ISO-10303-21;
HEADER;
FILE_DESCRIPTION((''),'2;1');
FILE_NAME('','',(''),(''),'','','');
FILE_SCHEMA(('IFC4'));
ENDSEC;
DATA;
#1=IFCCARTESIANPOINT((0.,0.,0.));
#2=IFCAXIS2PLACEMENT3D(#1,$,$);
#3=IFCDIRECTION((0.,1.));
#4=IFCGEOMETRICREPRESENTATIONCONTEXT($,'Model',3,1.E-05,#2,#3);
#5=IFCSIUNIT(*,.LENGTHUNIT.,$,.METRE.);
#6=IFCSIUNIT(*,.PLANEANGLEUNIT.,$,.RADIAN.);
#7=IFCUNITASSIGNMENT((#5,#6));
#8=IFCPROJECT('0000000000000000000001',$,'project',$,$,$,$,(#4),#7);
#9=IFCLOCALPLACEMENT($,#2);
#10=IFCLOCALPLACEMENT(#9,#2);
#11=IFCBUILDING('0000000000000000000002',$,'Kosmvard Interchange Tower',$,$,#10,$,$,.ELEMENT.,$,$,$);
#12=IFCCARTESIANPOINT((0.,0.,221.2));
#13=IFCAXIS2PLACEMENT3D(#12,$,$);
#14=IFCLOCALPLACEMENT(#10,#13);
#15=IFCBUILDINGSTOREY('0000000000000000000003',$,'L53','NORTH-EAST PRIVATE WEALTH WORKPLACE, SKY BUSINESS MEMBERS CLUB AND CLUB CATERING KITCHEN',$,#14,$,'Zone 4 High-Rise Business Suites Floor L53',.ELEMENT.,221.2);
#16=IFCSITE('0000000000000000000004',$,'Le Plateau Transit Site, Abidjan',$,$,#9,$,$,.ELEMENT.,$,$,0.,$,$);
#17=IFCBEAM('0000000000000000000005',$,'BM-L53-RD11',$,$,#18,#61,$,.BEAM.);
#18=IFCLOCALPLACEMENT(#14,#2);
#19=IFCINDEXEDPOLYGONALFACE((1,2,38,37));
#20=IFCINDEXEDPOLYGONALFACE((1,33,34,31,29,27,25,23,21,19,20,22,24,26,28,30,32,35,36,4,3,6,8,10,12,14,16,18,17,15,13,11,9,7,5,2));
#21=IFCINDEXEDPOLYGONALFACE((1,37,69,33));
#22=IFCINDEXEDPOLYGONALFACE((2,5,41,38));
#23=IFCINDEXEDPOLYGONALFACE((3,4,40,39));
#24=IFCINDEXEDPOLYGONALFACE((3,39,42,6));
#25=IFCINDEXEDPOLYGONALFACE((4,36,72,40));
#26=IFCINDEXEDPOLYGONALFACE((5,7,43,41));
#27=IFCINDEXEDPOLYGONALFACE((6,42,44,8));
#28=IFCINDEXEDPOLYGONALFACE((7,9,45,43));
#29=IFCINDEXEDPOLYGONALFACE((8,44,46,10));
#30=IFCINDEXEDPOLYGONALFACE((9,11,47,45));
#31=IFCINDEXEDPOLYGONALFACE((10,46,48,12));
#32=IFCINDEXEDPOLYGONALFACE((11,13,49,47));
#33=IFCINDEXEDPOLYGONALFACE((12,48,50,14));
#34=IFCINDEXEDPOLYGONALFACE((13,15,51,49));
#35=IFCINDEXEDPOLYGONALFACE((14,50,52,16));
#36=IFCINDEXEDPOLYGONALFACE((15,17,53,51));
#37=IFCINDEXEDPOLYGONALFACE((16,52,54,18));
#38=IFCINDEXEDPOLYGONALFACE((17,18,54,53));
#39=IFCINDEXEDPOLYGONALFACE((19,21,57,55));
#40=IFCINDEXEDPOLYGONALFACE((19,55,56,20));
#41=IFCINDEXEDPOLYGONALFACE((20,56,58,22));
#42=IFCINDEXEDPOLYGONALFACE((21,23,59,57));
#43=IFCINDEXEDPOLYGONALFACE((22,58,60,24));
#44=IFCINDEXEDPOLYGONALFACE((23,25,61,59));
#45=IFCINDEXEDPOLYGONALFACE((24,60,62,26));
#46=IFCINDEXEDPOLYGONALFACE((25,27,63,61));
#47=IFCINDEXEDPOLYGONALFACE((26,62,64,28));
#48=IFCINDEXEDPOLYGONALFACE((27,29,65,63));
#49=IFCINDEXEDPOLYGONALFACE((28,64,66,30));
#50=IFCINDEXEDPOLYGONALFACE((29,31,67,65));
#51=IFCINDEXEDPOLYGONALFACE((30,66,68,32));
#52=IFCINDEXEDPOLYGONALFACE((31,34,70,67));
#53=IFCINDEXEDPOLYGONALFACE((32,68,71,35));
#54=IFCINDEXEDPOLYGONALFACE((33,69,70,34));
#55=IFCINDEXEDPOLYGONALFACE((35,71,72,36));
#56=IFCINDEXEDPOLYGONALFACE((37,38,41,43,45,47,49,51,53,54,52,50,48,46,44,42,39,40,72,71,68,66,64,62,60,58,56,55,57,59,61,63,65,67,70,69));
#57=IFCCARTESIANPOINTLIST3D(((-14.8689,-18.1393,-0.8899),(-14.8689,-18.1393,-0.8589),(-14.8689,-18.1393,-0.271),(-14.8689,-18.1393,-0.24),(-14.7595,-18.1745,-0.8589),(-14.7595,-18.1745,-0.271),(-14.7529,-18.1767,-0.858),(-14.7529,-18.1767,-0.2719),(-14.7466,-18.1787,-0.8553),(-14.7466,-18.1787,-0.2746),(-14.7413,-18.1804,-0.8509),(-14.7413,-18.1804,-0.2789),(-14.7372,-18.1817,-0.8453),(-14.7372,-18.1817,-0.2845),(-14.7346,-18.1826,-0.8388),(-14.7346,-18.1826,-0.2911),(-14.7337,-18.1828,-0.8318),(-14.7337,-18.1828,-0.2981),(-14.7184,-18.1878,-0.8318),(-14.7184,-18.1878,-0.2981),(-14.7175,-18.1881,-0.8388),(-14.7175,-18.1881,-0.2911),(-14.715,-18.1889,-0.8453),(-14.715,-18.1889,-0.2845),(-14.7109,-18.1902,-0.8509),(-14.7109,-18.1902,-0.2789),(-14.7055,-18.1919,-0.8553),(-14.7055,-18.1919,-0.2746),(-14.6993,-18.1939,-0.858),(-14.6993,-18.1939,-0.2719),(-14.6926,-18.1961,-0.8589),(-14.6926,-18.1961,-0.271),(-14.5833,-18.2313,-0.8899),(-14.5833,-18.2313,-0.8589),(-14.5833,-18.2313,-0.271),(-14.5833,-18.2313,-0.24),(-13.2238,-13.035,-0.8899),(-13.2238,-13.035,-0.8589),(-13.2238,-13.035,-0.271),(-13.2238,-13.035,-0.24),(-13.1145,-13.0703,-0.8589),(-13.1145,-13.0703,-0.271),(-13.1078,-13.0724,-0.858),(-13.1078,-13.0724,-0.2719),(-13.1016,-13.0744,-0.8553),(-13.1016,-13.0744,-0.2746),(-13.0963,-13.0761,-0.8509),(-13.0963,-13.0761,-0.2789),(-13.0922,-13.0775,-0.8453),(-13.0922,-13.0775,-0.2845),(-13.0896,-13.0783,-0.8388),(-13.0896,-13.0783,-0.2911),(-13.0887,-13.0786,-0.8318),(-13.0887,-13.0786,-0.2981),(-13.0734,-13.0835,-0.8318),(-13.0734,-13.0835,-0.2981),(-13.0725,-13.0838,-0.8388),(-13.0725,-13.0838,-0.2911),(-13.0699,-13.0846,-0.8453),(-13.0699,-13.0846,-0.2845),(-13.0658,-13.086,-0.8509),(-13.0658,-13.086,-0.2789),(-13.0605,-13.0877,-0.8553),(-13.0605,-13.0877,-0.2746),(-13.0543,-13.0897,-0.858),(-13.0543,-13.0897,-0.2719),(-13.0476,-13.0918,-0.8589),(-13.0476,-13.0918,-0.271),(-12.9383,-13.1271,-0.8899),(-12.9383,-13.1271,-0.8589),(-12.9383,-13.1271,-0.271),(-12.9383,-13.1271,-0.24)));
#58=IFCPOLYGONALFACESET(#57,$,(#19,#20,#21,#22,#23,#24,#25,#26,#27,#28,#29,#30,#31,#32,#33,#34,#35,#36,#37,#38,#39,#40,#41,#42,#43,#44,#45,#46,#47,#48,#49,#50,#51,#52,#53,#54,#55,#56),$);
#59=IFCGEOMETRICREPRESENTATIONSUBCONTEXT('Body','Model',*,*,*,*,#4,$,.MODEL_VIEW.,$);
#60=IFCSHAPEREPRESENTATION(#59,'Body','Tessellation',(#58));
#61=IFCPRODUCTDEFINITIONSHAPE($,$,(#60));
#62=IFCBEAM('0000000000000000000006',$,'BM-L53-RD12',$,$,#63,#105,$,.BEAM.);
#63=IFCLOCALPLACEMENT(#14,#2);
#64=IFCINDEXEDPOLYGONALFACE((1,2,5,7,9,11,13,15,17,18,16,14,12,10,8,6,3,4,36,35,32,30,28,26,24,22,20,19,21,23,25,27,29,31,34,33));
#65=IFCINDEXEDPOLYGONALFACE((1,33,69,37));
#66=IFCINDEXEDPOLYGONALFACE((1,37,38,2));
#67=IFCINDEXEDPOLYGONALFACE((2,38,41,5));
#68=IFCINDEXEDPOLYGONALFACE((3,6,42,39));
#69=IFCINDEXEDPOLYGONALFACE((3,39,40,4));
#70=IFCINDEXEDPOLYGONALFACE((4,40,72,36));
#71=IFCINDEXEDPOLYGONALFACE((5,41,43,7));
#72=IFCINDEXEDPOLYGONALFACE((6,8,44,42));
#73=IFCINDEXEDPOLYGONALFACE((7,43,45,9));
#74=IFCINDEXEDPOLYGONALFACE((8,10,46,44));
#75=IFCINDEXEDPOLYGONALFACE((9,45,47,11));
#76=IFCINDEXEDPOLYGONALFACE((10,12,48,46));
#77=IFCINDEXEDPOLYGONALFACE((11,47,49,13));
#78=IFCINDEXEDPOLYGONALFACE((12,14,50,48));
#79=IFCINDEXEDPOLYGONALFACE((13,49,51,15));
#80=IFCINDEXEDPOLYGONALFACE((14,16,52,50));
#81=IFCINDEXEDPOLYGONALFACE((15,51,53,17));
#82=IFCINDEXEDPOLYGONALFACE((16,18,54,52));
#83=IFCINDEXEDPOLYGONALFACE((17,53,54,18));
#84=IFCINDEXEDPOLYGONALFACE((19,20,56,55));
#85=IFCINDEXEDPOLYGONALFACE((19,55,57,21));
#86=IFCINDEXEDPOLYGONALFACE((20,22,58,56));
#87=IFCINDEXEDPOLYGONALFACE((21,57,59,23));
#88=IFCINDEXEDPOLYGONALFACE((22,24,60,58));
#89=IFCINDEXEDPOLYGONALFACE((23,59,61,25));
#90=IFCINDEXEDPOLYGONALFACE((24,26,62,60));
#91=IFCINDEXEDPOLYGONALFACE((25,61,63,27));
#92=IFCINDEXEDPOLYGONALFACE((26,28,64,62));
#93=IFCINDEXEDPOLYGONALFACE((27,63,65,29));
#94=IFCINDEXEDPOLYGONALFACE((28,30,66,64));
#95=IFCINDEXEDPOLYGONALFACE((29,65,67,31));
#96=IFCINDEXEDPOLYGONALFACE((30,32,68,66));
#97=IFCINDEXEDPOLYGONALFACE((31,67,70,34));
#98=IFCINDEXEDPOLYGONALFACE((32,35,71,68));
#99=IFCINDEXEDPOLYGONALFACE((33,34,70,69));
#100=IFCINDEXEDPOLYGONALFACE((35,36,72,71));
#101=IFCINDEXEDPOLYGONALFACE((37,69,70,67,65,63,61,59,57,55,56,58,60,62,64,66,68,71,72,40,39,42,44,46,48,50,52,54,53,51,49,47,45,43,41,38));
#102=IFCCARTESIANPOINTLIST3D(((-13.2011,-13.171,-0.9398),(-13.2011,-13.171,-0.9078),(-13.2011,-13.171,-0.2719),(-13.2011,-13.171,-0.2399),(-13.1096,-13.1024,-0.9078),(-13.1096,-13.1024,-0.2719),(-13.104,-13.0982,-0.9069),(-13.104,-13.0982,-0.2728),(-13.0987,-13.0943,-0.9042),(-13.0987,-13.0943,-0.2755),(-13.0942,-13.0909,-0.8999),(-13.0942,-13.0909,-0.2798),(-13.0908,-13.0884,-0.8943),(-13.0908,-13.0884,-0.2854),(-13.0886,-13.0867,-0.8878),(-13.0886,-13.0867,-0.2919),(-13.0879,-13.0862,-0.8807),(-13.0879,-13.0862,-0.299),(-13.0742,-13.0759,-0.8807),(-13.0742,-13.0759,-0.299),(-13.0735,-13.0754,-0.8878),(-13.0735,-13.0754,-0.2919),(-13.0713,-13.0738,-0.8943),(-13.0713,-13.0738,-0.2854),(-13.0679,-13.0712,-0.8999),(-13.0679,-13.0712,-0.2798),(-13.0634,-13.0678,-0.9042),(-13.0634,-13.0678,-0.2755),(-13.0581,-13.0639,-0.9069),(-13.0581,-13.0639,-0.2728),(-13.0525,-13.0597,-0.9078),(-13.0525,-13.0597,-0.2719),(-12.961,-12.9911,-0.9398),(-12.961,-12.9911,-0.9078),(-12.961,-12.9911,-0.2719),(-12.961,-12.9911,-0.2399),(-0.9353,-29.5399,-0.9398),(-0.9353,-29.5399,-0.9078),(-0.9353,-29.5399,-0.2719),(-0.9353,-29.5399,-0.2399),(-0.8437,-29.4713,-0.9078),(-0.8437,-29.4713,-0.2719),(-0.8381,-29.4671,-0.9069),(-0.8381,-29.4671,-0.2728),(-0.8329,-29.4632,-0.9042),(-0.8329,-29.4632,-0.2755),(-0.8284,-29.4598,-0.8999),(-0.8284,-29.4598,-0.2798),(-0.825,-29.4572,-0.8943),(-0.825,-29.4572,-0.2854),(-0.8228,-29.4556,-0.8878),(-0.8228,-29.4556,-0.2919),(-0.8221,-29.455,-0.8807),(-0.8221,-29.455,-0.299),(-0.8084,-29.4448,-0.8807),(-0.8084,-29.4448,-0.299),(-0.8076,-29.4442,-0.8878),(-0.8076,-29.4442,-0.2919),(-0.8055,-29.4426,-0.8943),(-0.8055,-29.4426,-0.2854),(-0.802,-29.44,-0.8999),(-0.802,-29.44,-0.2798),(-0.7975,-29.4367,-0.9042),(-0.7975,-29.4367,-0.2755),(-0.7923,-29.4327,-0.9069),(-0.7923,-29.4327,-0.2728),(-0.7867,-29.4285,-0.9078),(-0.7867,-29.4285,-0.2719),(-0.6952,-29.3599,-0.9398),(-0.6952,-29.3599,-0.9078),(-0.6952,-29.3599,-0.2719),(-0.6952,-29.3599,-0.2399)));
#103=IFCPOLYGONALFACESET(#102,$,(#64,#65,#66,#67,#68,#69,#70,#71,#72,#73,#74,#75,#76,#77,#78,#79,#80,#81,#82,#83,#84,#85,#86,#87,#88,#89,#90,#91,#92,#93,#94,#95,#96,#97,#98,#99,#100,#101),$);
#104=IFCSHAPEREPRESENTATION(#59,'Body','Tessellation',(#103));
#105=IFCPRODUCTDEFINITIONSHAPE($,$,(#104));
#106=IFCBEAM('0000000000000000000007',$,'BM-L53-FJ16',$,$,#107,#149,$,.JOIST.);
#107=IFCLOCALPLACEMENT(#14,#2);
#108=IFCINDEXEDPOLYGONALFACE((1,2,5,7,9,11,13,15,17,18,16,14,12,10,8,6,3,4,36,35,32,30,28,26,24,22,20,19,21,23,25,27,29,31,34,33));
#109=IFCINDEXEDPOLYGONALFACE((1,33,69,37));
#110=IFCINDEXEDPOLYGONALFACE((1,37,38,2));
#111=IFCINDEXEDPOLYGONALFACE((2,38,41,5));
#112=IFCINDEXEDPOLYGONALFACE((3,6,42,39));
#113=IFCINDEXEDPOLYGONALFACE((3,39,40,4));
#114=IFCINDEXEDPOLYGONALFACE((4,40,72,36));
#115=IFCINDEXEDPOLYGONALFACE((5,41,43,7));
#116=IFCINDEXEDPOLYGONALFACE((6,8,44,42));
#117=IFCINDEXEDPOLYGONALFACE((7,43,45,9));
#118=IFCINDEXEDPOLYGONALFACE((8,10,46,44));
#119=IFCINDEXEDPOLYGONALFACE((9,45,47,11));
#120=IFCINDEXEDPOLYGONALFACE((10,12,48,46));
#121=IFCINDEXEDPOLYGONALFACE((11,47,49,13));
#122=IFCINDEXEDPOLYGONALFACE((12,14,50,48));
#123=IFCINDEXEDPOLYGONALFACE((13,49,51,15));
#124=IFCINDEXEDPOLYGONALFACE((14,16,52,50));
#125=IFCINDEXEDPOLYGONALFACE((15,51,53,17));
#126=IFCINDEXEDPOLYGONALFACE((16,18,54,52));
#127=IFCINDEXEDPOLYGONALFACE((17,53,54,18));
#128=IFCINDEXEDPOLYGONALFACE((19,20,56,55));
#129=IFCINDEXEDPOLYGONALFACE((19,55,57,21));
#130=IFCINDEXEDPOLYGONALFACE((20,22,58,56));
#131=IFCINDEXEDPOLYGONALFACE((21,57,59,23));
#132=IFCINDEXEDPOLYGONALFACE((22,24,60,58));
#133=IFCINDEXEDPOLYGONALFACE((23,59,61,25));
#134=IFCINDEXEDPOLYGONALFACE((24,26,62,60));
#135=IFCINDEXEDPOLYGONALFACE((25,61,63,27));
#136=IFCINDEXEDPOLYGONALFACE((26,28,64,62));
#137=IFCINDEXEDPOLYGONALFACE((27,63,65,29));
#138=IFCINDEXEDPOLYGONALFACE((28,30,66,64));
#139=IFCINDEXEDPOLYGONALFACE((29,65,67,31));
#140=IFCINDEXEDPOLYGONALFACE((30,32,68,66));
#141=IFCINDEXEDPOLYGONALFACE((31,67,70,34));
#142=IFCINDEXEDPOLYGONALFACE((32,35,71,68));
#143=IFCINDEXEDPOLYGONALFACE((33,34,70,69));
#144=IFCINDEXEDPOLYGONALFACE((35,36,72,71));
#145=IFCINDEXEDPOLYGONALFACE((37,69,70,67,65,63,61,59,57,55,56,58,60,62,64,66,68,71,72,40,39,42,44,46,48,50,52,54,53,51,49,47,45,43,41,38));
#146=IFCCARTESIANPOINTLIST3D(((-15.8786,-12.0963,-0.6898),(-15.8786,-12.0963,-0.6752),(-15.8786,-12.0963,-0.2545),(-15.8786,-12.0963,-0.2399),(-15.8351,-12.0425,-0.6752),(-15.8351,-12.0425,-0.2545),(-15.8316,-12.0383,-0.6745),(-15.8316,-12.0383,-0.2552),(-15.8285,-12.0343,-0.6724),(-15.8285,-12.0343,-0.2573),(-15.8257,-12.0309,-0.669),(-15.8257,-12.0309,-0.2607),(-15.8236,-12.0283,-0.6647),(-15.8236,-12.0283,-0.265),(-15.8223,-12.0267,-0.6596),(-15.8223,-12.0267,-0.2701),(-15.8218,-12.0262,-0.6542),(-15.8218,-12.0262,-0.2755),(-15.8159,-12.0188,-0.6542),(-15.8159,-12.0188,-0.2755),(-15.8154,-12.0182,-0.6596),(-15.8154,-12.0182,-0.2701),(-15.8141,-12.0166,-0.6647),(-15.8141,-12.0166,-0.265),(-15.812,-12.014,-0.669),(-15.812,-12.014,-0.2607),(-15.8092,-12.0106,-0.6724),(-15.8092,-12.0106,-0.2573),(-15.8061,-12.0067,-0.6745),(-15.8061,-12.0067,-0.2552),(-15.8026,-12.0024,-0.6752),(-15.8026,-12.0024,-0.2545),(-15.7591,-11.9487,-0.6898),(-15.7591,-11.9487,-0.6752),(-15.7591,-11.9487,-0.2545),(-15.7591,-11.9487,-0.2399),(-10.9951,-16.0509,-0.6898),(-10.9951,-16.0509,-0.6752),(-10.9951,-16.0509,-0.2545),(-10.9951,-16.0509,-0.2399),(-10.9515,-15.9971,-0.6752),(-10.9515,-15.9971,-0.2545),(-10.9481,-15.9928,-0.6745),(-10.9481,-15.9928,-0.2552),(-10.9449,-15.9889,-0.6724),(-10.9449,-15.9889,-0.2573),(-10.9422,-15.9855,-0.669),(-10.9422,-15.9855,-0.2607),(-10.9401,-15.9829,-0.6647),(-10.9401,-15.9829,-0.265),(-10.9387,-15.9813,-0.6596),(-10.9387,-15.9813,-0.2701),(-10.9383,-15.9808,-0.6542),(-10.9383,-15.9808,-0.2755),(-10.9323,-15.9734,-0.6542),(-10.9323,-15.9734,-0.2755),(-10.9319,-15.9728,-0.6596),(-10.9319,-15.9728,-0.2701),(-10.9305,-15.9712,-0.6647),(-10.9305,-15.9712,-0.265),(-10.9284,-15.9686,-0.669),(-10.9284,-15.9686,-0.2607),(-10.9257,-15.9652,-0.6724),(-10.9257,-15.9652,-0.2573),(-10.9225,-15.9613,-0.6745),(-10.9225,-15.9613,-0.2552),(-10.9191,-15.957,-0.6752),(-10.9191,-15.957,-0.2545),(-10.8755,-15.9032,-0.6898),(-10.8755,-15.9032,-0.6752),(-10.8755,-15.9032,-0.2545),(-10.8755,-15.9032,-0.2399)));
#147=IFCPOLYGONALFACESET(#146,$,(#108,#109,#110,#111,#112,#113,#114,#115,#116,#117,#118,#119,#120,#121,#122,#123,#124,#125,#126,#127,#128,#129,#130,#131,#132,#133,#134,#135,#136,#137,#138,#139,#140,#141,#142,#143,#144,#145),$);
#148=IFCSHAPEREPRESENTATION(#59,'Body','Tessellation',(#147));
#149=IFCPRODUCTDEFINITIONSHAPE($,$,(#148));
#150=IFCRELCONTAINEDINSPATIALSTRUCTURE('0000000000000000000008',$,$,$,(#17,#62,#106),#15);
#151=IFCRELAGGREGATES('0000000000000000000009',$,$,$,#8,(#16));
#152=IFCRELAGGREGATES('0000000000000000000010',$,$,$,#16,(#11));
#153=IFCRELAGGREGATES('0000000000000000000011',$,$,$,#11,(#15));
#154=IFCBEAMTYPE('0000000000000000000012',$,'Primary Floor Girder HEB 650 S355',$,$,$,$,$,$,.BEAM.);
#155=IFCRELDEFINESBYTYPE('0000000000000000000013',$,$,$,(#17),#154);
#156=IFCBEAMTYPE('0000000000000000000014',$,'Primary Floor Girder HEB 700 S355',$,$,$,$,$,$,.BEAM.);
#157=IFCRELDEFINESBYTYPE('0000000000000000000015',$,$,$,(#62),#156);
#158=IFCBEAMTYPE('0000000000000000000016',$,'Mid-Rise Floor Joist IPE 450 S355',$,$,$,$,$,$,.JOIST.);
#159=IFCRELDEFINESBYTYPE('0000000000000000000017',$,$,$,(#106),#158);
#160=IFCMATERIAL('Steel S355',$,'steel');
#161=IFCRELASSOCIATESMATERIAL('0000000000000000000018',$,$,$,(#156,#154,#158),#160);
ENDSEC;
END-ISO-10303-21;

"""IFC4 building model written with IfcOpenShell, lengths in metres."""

from ifc_helpers import new_model, si_unit, direction, frame, origin, origin_2d, place, context, subcontext, project, spatial, i_section, extrude, source, transform, mapped, material, material_profile, profile_set, type_object, element, save


model = new_model("IFC4")

# Units and contexts
model_context = context("Model", 3, precision=1e-05, world=origin(), true_north=direction((0.0, 1.0)))
body_context = subcontext(model_context, "Body", "Model", "MODEL_VIEW")
ifc_project = project(units=[si_unit("LENGTHUNIT", "METRE"), si_unit("PLANEANGLEUNIT", "RADIAN")], contexts=[model_context])

# Site, building, storey
site_placement = place(None, origin())
site = spatial("IfcSite", under=ifc_project, at=site_placement, Name="Le Plateau Transit Site, Abidjan", CompositionType="ELEMENT", RefElevation=0.0)
building_placement = place(site_placement, origin())
building = spatial("IfcBuilding", under=site, at=building_placement, Name="Kosmvard Interchange Tower", CompositionType="ELEMENT")
storey_placement = place(building_placement, frame((0.0, 0.0, 221.2)))
storey = spatial("IfcBuildingStorey", under=building, at=storey_placement, Name="L53", Description="NORTH-EAST PRIVATE WEALTH WORKPLACE, SKY BUSINESS MEMBERS CLUB AND CLUB CATERING KITCHEN", LongName="Zone 4 High-Rise Business Suites Floor L53", CompositionType="ELEMENT", Elevation=221.2)

# Beams
ifc_material_1 = material(Name="Steel S355", Category="steel")
ifc_material_profile_1 = material_profile(ifc_material_1, i_section(OverallWidth=0.3, OverallDepth=0.7, WebThickness=0.0171, FlangeThickness=0.032, FilletRadius=0.0271, at=origin_2d()), Name="HEB 700")
ifc_profile_set_1 = profile_set([ifc_material_profile_1], Name="Steel S355")
beam_type_1 = type_object("IfcBeamType", Name="Primary Floor Girder HEB 700 S355", PredefinedType="BEAM", material=ifc_profile_set_1)
ifc_material_profile_2 = material_profile(ifc_material_1, i_section(OverallWidth=0.3, OverallDepth=0.6499, WebThickness=0.0161, FlangeThickness=0.031, FilletRadius=0.0271, at=origin_2d()), Name="HEB 650")
ifc_profile_set_2 = profile_set([ifc_material_profile_2], Name="Steel S355")
beam_type_2 = type_object("IfcBeamType", Name="Primary Floor Girder HEB 650 S355", PredefinedType="BEAM", material=ifc_profile_set_2)
shared_shape_1 = source(origin(), body_context, "Body", "SweptSolid", [
    extrude(i_section(OverallWidth=0.3, OverallDepth=0.6499, WebThickness=0.0161, FlangeThickness=0.031, FilletRadius=0.0271, at=origin_2d()), origin(), (0.0, 0.0, 1.0), 5.3628),
])
beam_1_placement = place(storey_placement, frame((-13.0811, -13.0811, -0.5649), z_axis=(-0.306747, -0.951791, 0.0), x_axis=(0.951791, -0.306747, 0.0)))
element("IfcBeam", 1, at=beam_1_placement, inside=storey, type_object=beam_type_2, Name="BM-L53-RD11", PredefinedType="BEAM", context=body_context, shape_type="MappedRepresentation", body=[
    mapped(shared_shape_1, transform((0.0, 0.0, 0.0), scale=1.0)),
])
shared_shape_2 = source(origin(), body_context, "Body", "SweptSolid", [
    extrude(i_section(OverallWidth=0.3, OverallDepth=0.7, WebThickness=0.0171, FlangeThickness=0.032, FilletRadius=0.0271, at=origin_2d()), origin(), (0.0, 0.0, 1.0), 20.4546),
])
beam_2_placement = place(storey_placement, frame((-13.0811, -13.0811, -0.5898), z_axis=(0.599662, -0.800253, 0.0), x_axis=(0.800253, 0.599662, 0.0)))
element("IfcBeam", 2, at=beam_2_placement, inside=storey, type_object=beam_type_1, Name="BM-L53-RD12", PredefinedType="BEAM", context=body_context, shape_type="MappedRepresentation", body=[
    mapped(shared_shape_2, transform((0.0, 0.0, 0.0), scale=1.0)),
])
ifc_material_profile_3 = material_profile(ifc_material_1, i_section(OverallWidth=0.1899, OverallDepth=0.45, WebThickness=0.0095, FlangeThickness=0.0146, FilletRadius=0.021, at=origin_2d()), Name="IPE 450")
ifc_profile_set_3 = profile_set([ifc_material_profile_3], Name="Steel S355")
beam_type_3 = type_object("IfcBeamType", Name="Mid-Rise Floor Joist IPE 450 S355", PredefinedType="JOIST", material=ifc_profile_set_3)
shared_shape_3 = source(origin(), body_context, "Body", "SweptSolid", [
    extrude(i_section(OverallWidth=0.1899, OverallDepth=0.45, WebThickness=0.0095, FlangeThickness=0.0146, FilletRadius=0.021, at=origin_2d()), origin(), (0.0, 0.0, 1.0), 6.2839),
])
beam_3_placement = place(storey_placement, frame((-15.8188, -12.0225, -0.4648), z_axis=(0.777148, -0.629318, 0.0), x_axis=(0.629318, 0.777148, 0.0)))
element("IfcBeam", 3, at=beam_3_placement, inside=storey, type_object=beam_type_3, Name="BM-L53-FJ16", PredefinedType="JOIST", context=body_context, shape_type="MappedRepresentation", body=[
    mapped(shared_shape_3, transform((0.0, 0.0, 0.0), scale=1.0)),
])

save(model, "model.ifc")
